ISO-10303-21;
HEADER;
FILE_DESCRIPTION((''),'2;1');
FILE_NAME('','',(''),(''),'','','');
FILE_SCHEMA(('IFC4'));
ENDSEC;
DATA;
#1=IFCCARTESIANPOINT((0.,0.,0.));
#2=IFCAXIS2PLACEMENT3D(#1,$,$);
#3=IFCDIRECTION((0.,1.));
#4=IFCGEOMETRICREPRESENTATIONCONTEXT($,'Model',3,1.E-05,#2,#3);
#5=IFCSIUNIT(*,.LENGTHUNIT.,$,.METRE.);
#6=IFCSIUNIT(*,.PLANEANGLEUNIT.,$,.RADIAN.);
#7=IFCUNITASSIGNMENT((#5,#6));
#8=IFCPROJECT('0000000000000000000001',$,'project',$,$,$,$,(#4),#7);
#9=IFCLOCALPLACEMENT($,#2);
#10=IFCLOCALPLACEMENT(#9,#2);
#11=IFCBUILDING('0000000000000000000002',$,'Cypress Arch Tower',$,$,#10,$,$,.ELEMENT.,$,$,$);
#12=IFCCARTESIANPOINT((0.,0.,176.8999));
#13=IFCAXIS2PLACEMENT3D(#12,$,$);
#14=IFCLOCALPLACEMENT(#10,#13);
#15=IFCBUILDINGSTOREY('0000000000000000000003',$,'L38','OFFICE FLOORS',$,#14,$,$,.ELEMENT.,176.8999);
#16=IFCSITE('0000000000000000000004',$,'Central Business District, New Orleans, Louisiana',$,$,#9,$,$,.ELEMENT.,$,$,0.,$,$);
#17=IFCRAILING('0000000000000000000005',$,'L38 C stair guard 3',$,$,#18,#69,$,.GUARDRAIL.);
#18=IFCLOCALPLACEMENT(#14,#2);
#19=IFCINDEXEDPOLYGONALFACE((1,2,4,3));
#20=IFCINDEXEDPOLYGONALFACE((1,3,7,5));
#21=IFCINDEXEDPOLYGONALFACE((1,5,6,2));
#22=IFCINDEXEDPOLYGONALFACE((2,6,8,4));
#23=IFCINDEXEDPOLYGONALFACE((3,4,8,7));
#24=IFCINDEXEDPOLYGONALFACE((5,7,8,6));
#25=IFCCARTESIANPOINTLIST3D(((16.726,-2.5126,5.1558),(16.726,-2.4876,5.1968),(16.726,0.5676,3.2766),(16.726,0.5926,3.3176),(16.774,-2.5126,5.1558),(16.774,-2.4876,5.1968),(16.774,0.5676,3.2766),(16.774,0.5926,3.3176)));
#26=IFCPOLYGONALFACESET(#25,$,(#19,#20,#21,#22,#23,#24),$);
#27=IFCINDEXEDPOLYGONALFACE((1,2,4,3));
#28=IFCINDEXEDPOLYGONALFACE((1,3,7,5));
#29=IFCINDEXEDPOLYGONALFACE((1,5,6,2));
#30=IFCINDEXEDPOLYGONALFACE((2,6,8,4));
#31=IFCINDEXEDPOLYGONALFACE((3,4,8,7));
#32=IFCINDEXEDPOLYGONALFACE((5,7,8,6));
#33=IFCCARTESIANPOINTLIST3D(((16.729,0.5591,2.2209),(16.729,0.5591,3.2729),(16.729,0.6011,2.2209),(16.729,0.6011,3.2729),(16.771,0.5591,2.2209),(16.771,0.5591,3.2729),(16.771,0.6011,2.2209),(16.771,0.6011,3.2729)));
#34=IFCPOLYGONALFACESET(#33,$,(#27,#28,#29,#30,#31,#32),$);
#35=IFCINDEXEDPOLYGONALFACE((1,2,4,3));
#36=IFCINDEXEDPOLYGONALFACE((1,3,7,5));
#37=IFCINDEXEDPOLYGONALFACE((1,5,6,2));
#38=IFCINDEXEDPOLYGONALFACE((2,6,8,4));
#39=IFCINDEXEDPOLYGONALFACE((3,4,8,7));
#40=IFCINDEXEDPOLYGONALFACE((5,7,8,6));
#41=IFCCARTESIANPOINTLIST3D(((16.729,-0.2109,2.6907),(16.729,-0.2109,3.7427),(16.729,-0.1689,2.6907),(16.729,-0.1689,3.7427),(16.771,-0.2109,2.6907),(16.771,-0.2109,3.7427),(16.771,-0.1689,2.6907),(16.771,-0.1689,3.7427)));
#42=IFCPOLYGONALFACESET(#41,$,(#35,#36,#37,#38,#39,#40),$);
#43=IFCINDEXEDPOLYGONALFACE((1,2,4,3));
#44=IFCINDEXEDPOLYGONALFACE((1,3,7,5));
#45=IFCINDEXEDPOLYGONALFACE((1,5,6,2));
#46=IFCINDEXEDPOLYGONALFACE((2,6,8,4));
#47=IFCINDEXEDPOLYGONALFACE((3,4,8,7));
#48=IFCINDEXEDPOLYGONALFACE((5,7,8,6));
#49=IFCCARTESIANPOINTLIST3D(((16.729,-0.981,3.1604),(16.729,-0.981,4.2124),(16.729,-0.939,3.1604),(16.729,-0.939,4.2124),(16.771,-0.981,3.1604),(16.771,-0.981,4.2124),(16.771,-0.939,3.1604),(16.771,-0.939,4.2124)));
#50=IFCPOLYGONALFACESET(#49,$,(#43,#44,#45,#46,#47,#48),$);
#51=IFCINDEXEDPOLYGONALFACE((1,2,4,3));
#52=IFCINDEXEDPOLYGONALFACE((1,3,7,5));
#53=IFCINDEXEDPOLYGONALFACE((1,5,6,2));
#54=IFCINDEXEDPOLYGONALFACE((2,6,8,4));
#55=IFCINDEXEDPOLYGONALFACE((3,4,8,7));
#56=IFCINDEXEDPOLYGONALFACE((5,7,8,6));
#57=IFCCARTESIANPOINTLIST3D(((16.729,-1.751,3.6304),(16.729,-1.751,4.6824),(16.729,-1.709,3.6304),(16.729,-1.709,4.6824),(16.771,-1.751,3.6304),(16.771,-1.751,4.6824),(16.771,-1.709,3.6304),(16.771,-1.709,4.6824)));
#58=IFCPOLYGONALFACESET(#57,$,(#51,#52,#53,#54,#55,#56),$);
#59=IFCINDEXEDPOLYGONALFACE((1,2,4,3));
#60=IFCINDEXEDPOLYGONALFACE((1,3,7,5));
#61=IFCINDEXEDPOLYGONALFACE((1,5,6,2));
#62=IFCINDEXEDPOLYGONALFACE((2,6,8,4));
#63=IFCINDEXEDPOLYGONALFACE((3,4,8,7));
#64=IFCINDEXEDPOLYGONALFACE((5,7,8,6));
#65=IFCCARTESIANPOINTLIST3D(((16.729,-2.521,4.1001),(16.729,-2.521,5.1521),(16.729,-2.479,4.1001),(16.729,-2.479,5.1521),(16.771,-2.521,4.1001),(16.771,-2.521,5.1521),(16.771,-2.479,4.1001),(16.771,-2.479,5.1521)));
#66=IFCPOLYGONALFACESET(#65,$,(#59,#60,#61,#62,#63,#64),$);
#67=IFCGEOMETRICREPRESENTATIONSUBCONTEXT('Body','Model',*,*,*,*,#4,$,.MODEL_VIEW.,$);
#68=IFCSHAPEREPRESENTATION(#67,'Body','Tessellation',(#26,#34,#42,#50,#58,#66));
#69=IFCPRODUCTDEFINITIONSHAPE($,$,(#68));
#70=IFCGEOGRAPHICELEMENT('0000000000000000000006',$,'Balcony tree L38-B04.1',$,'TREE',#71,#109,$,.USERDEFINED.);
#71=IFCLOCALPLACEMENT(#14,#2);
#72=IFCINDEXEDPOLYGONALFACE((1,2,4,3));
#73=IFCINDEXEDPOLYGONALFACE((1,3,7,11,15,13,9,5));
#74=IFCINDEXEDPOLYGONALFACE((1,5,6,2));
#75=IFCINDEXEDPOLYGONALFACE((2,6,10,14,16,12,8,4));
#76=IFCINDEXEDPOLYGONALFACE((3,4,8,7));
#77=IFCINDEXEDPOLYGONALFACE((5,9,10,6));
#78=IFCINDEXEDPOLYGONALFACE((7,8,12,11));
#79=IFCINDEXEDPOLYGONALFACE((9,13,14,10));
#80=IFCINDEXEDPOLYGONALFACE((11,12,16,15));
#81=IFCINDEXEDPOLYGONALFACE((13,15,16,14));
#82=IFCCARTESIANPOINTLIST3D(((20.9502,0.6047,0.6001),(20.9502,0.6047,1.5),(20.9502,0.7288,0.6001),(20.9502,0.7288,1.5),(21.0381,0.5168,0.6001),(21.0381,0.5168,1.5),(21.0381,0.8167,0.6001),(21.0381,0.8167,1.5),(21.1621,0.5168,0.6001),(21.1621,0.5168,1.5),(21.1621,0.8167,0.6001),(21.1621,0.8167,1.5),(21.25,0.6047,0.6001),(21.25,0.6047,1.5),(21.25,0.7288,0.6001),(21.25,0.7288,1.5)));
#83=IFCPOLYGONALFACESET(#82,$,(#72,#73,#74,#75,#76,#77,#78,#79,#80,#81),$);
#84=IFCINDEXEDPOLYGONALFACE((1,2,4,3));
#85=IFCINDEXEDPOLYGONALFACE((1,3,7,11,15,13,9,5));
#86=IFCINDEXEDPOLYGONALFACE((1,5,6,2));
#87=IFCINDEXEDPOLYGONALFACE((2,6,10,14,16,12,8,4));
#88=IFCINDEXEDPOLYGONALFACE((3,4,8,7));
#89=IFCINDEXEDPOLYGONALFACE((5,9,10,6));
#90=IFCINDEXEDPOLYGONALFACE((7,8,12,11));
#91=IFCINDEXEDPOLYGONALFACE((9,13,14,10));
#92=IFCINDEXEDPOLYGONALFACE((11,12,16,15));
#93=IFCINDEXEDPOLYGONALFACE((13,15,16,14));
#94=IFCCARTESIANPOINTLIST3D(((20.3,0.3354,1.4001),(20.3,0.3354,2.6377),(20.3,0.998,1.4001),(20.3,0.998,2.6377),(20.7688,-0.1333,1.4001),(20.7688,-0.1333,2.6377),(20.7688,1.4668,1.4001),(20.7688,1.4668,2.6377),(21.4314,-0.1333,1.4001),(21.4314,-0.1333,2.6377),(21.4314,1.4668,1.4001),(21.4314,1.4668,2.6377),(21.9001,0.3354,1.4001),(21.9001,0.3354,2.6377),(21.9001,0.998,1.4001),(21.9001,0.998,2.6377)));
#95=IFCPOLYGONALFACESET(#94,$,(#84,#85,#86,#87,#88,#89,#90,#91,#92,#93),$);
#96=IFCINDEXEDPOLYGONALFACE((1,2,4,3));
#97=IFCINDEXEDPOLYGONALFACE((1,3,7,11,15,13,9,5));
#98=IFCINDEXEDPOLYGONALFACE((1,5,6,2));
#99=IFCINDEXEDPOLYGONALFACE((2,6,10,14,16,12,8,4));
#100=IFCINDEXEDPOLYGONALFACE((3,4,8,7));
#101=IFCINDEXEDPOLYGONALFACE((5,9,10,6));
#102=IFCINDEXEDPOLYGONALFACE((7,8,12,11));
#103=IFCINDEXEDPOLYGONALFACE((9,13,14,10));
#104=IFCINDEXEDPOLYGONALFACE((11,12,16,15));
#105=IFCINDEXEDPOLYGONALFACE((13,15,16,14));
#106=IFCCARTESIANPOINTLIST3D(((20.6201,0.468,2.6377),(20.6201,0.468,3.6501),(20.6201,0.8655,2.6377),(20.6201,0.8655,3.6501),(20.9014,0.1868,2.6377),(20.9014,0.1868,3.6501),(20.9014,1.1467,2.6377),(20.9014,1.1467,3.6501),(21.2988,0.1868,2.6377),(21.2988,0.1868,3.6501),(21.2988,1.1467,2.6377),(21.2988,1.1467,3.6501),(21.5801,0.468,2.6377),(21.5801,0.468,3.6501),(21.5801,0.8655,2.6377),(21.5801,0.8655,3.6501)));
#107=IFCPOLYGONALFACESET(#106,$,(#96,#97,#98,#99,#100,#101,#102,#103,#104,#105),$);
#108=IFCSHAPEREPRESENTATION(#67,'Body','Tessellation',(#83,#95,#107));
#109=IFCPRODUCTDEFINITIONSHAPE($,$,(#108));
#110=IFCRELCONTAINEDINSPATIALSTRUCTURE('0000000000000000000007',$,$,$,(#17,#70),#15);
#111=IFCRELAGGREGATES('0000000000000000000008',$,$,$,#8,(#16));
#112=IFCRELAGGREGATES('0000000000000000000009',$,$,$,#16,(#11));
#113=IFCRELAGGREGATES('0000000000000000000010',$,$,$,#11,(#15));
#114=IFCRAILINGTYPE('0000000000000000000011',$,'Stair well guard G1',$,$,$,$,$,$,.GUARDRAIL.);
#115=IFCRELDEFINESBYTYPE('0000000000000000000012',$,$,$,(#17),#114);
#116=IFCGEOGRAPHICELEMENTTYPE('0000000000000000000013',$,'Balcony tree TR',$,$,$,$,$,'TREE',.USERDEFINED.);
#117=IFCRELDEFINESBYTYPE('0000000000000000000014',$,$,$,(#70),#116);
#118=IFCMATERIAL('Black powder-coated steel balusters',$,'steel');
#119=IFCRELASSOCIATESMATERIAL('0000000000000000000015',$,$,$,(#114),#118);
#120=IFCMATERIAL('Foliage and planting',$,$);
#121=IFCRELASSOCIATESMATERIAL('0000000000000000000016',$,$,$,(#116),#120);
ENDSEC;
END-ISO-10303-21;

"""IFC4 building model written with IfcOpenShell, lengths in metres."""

from ifc_helpers import new_model, si_unit, direction, frame, origin, origin_2d, place, context, subcontext, project, spatial, polyline, rectangle, outline, extrude, material, type_object, element, save


model = new_model("IFC4")

# Units and contexts
model_context = context("Model", 3, precision=1e-05, world=origin(), true_north=direction((0.0, 1.0)))
body_context = subcontext(model_context, "Body", "Model", "MODEL_VIEW")
ifc_project = project(units=[si_unit("LENGTHUNIT", "METRE"), si_unit("PLANEANGLEUNIT", "RADIAN")], contexts=[model_context])

# Site, building, storey
site_placement = place(None, origin())
site = spatial("IfcSite", under=ifc_project, at=site_placement, Name="Central Business District, New Orleans, Louisiana", CompositionType="ELEMENT", RefElevation=0.0)
building_placement = place(site_placement, origin())
building = spatial("IfcBuilding", under=site, at=building_placement, Name="Cypress Arch Tower", CompositionType="ELEMENT")
storey_placement = place(building_placement, frame((0.0, 0.0, 176.8999)))
storey = spatial("IfcBuildingStorey", under=building, at=storey_placement, Name="L38", Description="OFFICE FLOORS", CompositionType="ELEMENT", Elevation=176.8999)

# Railing
ifc_material_1 = material(Name="Black powder-coated steel balusters", Category="steel")
railing_type_1 = type_object("IfcRailingType", Name="Stair well guard G1", PredefinedType="GUARDRAIL", material=ifc_material_1)
railing_1_placement = place(storey_placement, frame((16.75, 0.5801, 2.2209)))
element("IfcRailing", 1, at=railing_1_placement, inside=storey, type_object=railing_type_1, Name="L38 C stair guard 3", PredefinedType="GUARDRAIL", context=body_context, shape_type="SweptSolid", body=[
    extrude(rectangle(XDim=0.0481, YDim=0.0481, at=origin_2d()), frame((0.0, 0.0, 1.0762), z_axis=(0.0, -0.853666, 0.52082), x_axis=(1.0, 0.0, 0.0)), (0.0, 0.0, 1.0), 3.6082),
    extrude(rectangle(XDim=0.042, YDim=0.042, at=origin_2d()), origin(), (0.0, 0.0, 1.0), 1.052),
    extrude(rectangle(XDim=0.042, YDim=0.042, at=origin_2d()), frame((0.0, -0.77, 0.4697)), (0.0, 0.0, 1.0), 1.052),
    extrude(rectangle(XDim=0.042, YDim=0.042, at=origin_2d()), frame((0.0, -1.54, 0.9395)), (0.0, 0.0, 1.0), 1.052),
    extrude(rectangle(XDim=0.042, YDim=0.042, at=origin_2d()), frame((0.0, -2.3101, 1.4094)), (0.0, 0.0, 1.0), 1.052),
    extrude(rectangle(XDim=0.042, YDim=0.042, at=origin_2d()), frame((0.0, -3.0801, 1.8792)), (0.0, 0.0, 1.0), 1.052),
])

# Geographic element
ifc_material_2 = material(Name="Foliage and planting")
geographic_element_type = type_object("IfcGeographicElementType", Name="Balcony tree TR", ElementType="TREE", PredefinedType="USERDEFINED", material=ifc_material_2)
geographic_element_placement = place(storey_placement, frame((21.1001, 0.6667, 0.6001), z_axis=(0.0, 0.0, 1.0), x_axis=(1.0, 0.0, 0.0)))
element("IfcGeographicElement", 2, at=geographic_element_placement, inside=storey, type_object=geographic_element_type, Name="Balcony tree L38-B04.1", ObjectType="TREE", PredefinedType="USERDEFINED", context=body_context, shape_type="SweptSolid", body=[
    extrude(outline(polyline([(0.1499, 0.062), (0.062, 0.1499), (-0.062, 0.1499), (-0.1499, 0.062), (-0.1499, -0.062), (-0.062, -0.1499), (0.062, -0.1499), (0.1499, -0.062), (0.1499, 0.062)])), origin(), (0.0, 0.0, 1.0), 0.8999),
    extrude(outline(polyline([(0.8, 0.3313), (0.3313, 0.8), (-0.3313, 0.8), (-0.8, 0.3313), (-0.8, -0.3313), (-0.3313, -0.8), (0.3313, -0.8), (0.8, -0.3313), (0.8, 0.3313)])), frame((0.0, 0.0, 0.8)), (0.0, 0.0, 1.0), 1.2375),
    extrude(outline(polyline([(0.48, 0.1987), (0.1987, 0.48), (-0.1987, 0.48), (-0.48, 0.1987), (-0.48, -0.1987), (-0.1987, -0.48), (0.1987, -0.48), (0.48, -0.1987), (0.48, 0.1987)])), frame((0.0, 0.0, 2.0376)), (0.0, 0.0, 1.0), 1.0125),
])

save(model, "model.ifc")
